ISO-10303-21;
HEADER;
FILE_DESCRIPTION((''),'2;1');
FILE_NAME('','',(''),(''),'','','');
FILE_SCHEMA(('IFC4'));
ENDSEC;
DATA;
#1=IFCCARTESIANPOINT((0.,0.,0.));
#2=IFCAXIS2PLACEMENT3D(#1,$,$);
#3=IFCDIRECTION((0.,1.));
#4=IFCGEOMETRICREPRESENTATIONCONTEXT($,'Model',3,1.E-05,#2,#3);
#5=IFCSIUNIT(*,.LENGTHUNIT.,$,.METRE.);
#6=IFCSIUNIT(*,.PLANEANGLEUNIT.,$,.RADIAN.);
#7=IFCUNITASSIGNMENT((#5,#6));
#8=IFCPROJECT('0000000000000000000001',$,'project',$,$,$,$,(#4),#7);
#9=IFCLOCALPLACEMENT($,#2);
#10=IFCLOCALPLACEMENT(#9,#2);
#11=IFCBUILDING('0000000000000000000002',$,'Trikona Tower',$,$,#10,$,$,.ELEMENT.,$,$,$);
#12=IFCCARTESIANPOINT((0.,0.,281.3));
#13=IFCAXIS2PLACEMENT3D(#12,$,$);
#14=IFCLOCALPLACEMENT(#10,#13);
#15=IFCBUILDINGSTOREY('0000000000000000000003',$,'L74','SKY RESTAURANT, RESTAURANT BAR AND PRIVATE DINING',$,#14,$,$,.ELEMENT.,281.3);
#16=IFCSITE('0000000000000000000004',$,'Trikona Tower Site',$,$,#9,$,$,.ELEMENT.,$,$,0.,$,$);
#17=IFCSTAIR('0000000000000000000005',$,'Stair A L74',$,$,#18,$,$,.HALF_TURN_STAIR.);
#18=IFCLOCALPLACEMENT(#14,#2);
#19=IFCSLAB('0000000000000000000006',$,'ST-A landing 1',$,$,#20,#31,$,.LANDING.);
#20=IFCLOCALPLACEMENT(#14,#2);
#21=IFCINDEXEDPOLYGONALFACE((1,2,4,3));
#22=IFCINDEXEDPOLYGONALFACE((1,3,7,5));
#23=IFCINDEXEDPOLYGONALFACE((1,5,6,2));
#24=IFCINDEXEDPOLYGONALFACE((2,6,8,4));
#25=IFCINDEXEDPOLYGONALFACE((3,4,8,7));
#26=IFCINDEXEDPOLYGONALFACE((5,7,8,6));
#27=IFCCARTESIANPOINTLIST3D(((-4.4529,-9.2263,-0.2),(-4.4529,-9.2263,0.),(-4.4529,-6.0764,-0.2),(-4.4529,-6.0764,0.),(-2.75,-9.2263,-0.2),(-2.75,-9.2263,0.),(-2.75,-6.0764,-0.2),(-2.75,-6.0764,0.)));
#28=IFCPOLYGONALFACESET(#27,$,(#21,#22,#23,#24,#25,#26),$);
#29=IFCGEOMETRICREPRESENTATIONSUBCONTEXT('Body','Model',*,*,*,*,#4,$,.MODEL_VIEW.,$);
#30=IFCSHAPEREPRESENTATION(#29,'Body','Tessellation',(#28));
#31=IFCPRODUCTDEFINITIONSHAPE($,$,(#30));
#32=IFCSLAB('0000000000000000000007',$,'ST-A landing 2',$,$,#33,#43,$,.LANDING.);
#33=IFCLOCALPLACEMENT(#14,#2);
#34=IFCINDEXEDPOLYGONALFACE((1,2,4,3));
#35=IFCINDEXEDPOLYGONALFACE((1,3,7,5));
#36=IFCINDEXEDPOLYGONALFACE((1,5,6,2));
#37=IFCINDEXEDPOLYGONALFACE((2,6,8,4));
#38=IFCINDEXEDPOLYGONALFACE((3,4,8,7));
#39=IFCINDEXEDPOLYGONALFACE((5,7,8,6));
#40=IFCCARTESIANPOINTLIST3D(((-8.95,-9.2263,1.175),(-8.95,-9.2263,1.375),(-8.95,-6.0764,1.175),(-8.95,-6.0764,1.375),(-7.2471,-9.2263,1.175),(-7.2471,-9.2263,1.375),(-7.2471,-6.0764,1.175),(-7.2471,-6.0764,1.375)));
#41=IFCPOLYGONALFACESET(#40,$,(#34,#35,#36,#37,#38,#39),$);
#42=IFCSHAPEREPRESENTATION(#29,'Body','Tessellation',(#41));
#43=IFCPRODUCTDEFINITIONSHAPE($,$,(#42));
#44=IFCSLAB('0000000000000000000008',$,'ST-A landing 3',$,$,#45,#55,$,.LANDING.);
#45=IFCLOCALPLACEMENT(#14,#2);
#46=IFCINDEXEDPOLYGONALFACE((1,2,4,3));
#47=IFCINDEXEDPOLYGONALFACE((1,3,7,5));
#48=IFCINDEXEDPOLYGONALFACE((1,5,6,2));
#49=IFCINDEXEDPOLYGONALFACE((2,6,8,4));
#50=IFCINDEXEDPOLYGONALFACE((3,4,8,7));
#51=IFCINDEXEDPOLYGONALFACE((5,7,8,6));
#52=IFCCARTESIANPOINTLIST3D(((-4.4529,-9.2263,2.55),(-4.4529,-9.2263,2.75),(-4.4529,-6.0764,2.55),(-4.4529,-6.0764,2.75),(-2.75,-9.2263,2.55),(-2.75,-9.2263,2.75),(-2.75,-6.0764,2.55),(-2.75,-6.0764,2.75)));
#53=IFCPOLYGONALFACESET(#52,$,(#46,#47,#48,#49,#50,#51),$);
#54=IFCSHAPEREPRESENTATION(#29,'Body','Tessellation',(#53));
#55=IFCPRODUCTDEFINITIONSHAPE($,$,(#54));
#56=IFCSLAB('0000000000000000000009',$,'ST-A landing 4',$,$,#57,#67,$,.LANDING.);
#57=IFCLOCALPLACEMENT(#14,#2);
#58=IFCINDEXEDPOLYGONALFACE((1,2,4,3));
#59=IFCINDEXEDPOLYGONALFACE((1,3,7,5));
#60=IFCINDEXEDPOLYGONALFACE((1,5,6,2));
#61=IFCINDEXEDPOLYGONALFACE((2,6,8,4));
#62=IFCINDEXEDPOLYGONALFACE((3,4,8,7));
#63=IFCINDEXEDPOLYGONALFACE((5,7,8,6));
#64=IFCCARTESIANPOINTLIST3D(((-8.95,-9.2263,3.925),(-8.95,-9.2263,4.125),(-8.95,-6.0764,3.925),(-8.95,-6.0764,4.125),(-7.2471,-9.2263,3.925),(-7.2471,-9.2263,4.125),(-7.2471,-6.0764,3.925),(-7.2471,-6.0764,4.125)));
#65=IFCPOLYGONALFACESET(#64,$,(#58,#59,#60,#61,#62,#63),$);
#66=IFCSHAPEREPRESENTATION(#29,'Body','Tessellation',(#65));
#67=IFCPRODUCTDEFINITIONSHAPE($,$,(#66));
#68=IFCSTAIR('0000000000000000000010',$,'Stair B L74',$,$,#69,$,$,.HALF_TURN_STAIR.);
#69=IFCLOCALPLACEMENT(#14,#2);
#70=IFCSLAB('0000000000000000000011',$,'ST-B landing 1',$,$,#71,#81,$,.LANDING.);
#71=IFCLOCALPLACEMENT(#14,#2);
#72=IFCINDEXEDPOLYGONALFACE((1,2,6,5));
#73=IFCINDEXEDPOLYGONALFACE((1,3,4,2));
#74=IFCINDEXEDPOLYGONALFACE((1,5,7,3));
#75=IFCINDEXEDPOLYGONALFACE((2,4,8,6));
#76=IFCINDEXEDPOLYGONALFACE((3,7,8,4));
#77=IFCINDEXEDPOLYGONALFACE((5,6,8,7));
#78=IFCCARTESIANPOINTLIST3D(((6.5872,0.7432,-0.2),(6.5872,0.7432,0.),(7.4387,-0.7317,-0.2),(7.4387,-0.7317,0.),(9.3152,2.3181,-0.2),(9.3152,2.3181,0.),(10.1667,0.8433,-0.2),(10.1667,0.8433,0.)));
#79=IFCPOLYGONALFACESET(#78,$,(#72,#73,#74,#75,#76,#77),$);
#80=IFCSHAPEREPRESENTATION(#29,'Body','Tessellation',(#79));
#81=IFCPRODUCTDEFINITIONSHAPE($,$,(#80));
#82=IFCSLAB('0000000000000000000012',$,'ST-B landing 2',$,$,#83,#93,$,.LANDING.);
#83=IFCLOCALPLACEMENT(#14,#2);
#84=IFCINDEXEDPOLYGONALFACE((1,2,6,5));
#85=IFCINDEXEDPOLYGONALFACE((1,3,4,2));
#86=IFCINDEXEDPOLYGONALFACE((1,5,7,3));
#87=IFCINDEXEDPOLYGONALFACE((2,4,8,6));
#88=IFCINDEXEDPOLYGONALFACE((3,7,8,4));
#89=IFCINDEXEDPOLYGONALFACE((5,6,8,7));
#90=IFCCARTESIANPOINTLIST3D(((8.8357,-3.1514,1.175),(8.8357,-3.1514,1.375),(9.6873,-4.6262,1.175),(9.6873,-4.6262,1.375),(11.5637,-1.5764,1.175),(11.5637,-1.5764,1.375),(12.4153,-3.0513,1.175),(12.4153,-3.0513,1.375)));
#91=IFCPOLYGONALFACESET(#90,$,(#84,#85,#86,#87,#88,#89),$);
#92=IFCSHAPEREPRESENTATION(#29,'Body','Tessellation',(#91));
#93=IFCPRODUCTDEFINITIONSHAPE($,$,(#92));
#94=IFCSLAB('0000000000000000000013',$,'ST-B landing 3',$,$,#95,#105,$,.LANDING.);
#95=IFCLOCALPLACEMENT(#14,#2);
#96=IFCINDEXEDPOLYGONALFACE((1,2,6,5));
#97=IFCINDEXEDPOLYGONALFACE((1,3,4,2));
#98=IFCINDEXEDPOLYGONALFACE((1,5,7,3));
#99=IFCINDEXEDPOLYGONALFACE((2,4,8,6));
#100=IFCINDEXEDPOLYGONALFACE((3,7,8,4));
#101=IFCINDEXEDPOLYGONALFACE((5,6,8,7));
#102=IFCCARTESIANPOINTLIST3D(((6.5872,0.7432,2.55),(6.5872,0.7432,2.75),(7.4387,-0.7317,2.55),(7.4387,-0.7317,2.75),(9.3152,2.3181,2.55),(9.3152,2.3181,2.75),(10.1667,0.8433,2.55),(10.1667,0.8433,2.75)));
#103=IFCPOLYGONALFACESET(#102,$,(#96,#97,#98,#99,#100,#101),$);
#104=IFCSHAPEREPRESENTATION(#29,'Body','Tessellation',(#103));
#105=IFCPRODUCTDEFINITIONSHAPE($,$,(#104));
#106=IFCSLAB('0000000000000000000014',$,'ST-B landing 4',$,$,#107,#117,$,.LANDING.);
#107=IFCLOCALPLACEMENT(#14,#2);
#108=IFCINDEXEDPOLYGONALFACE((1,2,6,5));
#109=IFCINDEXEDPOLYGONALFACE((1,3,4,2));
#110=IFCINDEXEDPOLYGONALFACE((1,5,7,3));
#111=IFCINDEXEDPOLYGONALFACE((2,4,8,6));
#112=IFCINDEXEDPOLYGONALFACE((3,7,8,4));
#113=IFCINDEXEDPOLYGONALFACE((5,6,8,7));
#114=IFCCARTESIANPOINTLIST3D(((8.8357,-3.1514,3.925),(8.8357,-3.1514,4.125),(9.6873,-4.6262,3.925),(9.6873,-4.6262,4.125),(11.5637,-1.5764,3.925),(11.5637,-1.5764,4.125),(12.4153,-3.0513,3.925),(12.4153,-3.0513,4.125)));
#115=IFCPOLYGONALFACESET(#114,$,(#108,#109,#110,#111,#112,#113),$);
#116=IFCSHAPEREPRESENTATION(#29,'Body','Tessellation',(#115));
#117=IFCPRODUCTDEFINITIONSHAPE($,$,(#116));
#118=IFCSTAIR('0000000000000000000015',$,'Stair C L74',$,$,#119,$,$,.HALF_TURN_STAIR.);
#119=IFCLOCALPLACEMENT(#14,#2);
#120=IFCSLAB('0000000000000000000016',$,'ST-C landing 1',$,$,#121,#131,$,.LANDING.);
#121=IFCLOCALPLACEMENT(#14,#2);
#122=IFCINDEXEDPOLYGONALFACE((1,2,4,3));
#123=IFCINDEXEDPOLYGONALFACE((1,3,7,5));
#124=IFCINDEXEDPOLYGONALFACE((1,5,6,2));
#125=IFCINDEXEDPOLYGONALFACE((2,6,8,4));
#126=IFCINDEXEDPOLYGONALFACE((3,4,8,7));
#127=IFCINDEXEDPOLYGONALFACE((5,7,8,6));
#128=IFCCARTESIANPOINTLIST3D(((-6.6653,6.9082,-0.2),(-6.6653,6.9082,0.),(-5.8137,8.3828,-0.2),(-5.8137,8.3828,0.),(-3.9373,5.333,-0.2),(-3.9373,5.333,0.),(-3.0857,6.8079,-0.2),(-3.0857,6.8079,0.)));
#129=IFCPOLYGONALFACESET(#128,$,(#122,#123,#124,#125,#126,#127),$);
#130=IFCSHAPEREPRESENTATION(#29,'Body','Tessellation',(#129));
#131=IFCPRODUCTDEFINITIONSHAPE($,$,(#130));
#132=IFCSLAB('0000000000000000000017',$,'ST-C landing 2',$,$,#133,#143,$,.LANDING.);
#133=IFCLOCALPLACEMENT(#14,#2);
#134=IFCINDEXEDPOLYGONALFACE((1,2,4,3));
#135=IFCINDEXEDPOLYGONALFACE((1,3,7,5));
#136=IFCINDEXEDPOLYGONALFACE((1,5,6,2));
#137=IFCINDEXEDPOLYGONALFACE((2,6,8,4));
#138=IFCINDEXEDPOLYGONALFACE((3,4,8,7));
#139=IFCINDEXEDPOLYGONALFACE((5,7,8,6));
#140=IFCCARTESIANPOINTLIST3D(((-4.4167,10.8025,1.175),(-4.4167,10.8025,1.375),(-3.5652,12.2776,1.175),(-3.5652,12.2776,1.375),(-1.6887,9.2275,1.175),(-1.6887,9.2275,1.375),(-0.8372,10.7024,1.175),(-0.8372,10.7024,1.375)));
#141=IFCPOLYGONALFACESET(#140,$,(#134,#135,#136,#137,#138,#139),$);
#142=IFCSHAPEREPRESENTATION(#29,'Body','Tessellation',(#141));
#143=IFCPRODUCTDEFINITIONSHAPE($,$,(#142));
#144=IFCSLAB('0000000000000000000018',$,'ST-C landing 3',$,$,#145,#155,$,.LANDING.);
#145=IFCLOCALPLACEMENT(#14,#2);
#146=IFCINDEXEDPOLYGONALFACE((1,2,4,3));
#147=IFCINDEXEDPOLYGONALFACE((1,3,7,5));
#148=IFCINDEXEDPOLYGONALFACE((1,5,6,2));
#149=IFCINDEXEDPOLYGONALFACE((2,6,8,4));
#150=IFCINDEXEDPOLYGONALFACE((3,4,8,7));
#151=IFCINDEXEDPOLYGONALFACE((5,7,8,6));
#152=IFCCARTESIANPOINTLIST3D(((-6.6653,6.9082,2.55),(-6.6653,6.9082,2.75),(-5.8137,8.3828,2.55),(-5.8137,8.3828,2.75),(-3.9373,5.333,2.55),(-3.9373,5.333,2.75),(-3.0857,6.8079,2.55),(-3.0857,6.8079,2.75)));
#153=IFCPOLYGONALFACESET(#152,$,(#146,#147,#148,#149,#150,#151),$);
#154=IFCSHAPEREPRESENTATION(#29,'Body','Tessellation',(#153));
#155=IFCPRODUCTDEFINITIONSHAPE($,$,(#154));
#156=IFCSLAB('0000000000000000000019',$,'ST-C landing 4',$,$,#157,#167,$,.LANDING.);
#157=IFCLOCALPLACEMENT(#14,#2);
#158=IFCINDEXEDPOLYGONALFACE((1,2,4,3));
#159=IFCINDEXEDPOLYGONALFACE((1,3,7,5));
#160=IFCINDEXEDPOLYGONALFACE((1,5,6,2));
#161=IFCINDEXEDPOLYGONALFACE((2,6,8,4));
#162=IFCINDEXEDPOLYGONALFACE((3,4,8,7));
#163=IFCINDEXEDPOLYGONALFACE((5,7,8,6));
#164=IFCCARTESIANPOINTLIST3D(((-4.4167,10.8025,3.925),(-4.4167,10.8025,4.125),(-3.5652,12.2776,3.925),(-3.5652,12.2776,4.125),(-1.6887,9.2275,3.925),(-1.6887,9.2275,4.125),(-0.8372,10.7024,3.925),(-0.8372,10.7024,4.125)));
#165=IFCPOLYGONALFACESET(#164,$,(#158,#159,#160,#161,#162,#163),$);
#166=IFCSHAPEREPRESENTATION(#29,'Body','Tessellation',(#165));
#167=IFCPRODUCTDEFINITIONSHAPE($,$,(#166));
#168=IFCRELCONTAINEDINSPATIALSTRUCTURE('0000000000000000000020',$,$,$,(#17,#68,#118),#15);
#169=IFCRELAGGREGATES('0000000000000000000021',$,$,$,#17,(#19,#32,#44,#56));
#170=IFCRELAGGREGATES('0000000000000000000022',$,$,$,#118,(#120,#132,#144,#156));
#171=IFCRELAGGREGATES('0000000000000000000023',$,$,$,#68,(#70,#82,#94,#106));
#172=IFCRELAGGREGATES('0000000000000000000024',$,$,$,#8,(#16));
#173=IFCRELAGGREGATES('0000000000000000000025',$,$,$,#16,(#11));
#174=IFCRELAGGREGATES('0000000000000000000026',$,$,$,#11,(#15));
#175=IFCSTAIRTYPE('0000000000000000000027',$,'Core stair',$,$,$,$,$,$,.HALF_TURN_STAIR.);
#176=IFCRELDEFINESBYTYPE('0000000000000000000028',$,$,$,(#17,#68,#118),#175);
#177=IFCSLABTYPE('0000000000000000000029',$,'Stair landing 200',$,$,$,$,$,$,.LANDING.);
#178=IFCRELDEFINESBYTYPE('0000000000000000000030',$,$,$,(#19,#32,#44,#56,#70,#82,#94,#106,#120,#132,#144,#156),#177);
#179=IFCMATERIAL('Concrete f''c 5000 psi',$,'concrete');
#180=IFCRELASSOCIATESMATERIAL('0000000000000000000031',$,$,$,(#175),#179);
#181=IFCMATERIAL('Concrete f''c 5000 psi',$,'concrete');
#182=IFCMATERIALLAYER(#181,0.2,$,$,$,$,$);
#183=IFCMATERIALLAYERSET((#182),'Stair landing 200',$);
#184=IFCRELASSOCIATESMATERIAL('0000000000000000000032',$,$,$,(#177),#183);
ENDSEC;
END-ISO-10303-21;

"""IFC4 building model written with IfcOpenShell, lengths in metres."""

from ifc_helpers import new_model, si_unit, direction, frame, origin, place, context, subcontext, project, spatial, polyline, outline, extrude, material, layer, layer_set, type_object, element, aggregate, save


model = new_model("IFC4")

# Units and contexts
model_context = context("Model", 3, precision=1e-05, world=origin(), true_north=direction((0.0, 1.0)))
body_context = subcontext(model_context, "Body", "Model", "MODEL_VIEW")
ifc_project = project(units=[si_unit("LENGTHUNIT", "METRE"), si_unit("PLANEANGLEUNIT", "RADIAN")], contexts=[model_context])

# Site, building, storey
site_placement = place(None, origin())
site = spatial("IfcSite", under=ifc_project, at=site_placement, Name="Trikona Tower Site", CompositionType="ELEMENT", RefElevation=0.0)
building_placement = place(site_placement, origin())
building = spatial("IfcBuilding", under=site, at=building_placement, Name="Trikona Tower", CompositionType="ELEMENT")
storey_placement = place(building_placement, frame((0.0, 0.0, 281.3)))
storey = spatial("IfcBuildingStorey", under=building, at=storey_placement, Name="L74", Description="SKY RESTAURANT, RESTAURANT BAR AND PRIVATE DINING", CompositionType="ELEMENT", Elevation=281.3)

# Stairs, slabs
ifc_material_1 = material(Name="Concrete f'c 5000 psi", Category="concrete")
stair_type = type_object("IfcStairType", Name="Core stair", PredefinedType="HALF_TURN_STAIR", material=ifc_material_1)
stair_1_placement = place(storey_placement, origin())
stair_1 = element("IfcStair", 1, at=stair_1_placement, inside=storey, type_object=stair_type, Name="Stair A L74", PredefinedType="HALF_TURN_STAIR")
ifc_material_2 = material(Name="Concrete f'c 5000 psi", Category="concrete")
ifc_layer_1 = layer(ifc_material_2, 0.2)
ifc_layer_set_1 = layer_set([ifc_layer_1], Name="Stair landing 200")
slab_type = type_object("IfcSlabType", Name="Stair landing 200", PredefinedType="LANDING", material=ifc_layer_set_1)
slab_1_placement = place(storey_placement, frame((0.0, 0.0, -0.2)))
slab_1 = element("IfcSlab", 2, at=slab_1_placement, type_object=slab_type, Name="ST-A landing 1", PredefinedType="LANDING", context=body_context, shape_type="SweptSolid", body=[
    extrude(outline(polyline([(-4.4529, -6.0764), (-2.75, -6.0764), (-2.75, -9.2263), (-4.4529, -9.2263), (-4.4529, -6.0764)])), origin(), (0.0, 0.0, 1.0), 0.2),
])
slab_2_placement = place(storey_placement, frame((0.0, 0.0, 1.175)))
slab_2 = element("IfcSlab", 3, at=slab_2_placement, type_object=slab_type, Name="ST-A landing 2", PredefinedType="LANDING", context=body_context, shape_type="SweptSolid", body=[
    extrude(outline(polyline([(-8.95, -6.0764), (-7.2471, -6.0764), (-7.2471, -9.2263), (-8.95, -9.2263), (-8.95, -6.0764)])), origin(), (0.0, 0.0, 1.0), 0.2),
])
slab_3_placement = place(storey_placement, frame((0.0, 0.0, 2.55)))
slab_3 = element("IfcSlab", 4, at=slab_3_placement, type_object=slab_type, Name="ST-A landing 3", PredefinedType="LANDING", context=body_context, shape_type="SweptSolid", body=[
    extrude(outline(polyline([(-4.4529, -6.0764), (-2.75, -6.0764), (-2.75, -9.2263), (-4.4529, -9.2263), (-4.4529, -6.0764)])), origin(), (0.0, 0.0, 1.0), 0.2),
])
slab_4_placement = place(storey_placement, frame((0.0, 0.0, 3.925)))
slab_4 = element("IfcSlab", 5, at=slab_4_placement, type_object=slab_type, Name="ST-A landing 4", PredefinedType="LANDING", context=body_context, shape_type="SweptSolid", body=[
    extrude(outline(polyline([(-8.95, -6.0764), (-7.2471, -6.0764), (-7.2471, -9.2263), (-8.95, -9.2263), (-8.95, -6.0764)])), origin(), (0.0, 0.0, 1.0), 0.2),
])
aggregate(stair_1, [slab_1, slab_2, slab_3, slab_4])
stair_2_placement = place(storey_placement, origin())
stair_2 = element("IfcStair", 6, at=stair_2_placement, inside=storey, type_object=stair_type, Name="Stair B L74", PredefinedType="HALF_TURN_STAIR")
slab_5_placement = place(storey_placement, frame((0.0, 0.0, -0.2)))
slab_5 = element("IfcSlab", 7, at=slab_5_placement, type_object=slab_type, Name="ST-B landing 1", PredefinedType="LANDING", context=body_context, shape_type="SweptSolid", body=[
    extrude(outline(polyline([(7.4387, -0.7317), (6.5872, 0.7432), (9.3152, 2.3181), (10.1667, 0.8433), (7.4387, -0.7317)])), origin(), (0.0, 0.0, 1.0), 0.2),
])
slab_6_placement = place(storey_placement, frame((0.0, 0.0, 1.175)))
slab_6 = element("IfcSlab", 8, at=slab_6_placement, type_object=slab_type, Name="ST-B landing 2", PredefinedType="LANDING", context=body_context, shape_type="SweptSolid", body=[
    extrude(outline(polyline([(9.6873, -4.6262), (8.8357, -3.1514), (11.5637, -1.5764), (12.4153, -3.0513), (9.6873, -4.6262)])), origin(), (0.0, 0.0, 1.0), 0.2),
])
slab_7_placement = place(storey_placement, frame((0.0, 0.0, 2.55)))
slab_7 = element("IfcSlab", 9, at=slab_7_placement, type_object=slab_type, Name="ST-B landing 3", PredefinedType="LANDING", context=body_context, shape_type="SweptSolid", body=[
    extrude(outline(polyline([(7.4387, -0.7317), (6.5872, 0.7432), (9.3152, 2.3181), (10.1667, 0.8433), (7.4387, -0.7317)])), origin(), (0.0, 0.0, 1.0), 0.2),
])
slab_8_placement = place(storey_placement, frame((0.0, 0.0, 3.925)))
slab_8 = element("IfcSlab", 10, at=slab_8_placement, type_object=slab_type, Name="ST-B landing 4", PredefinedType="LANDING", context=body_context, shape_type="SweptSolid", body=[
    extrude(outline(polyline([(9.6873, -4.6262), (8.8357, -3.1514), (11.5637, -1.5764), (12.4153, -3.0513), (9.6873, -4.6262)])), origin(), (0.0, 0.0, 1.0), 0.2),
])
stair_3_placement = place(storey_placement, origin())
stair_3 = element("IfcStair", 11, at=stair_3_placement, inside=storey, type_object=stair_type, Name="Stair C L74", PredefinedType="HALF_TURN_STAIR")
slab_9_placement = place(storey_placement, frame((0.0, 0.0, -0.2)))
slab_9 = element("IfcSlab", 12, at=slab_9_placement, type_object=slab_type, Name="ST-C landing 1", PredefinedType="LANDING", context=body_context, shape_type="SweptSolid", body=[
    extrude(outline(polyline([(-3.0857, 6.8079), (-3.9373, 5.333), (-6.6653, 6.9082), (-5.8137, 8.3828), (-3.0857, 6.8079)])), origin(), (0.0, 0.0, 1.0), 0.2),
])
slab_10_placement = place(storey_placement, frame((0.0, 0.0, 1.175)))
slab_10 = element("IfcSlab", 13, at=slab_10_placement, type_object=slab_type, Name="ST-C landing 2", PredefinedType="LANDING", context=body_context, shape_type="SweptSolid", body=[
    extrude(outline(polyline([(-0.8372, 10.7024), (-1.6887, 9.2275), (-4.4167, 10.8025), (-3.5652, 12.2776), (-0.8372, 10.7024)])), origin(), (0.0, 0.0, 1.0), 0.2),
])
slab_11_placement = place(storey_placement, frame((0.0, 0.0, 2.55)))
slab_11 = element("IfcSlab", 14, at=slab_11_placement, type_object=slab_type, Name="ST-C landing 3", PredefinedType="LANDING", context=body_context, shape_type="SweptSolid", body=[
    extrude(outline(polyline([(-3.0857, 6.8079), (-3.9373, 5.333), (-6.6653, 6.9082), (-5.8137, 8.3828), (-3.0857, 6.8079)])), origin(), (0.0, 0.0, 1.0), 0.2),
])
slab_12_placement = place(storey_placement, frame((0.0, 0.0, 3.925)))
slab_12 = element("IfcSlab", 15, at=slab_12_placement, type_object=slab_type, Name="ST-C landing 4", PredefinedType="LANDING", context=body_context, shape_type="SweptSolid", body=[
    extrude(outline(polyline([(-0.8372, 10.7024), (-1.6887, 9.2275), (-4.4167, 10.8025), (-3.5652, 12.2776), (-0.8372, 10.7024)])), origin(), (0.0, 0.0, 1.0), 0.2),
])
aggregate(stair_3, [slab_9, slab_10, slab_11, slab_12])

aggregate(stair_2, [slab_5, slab_6, slab_7, slab_8])

save(model, "model.ifc")
